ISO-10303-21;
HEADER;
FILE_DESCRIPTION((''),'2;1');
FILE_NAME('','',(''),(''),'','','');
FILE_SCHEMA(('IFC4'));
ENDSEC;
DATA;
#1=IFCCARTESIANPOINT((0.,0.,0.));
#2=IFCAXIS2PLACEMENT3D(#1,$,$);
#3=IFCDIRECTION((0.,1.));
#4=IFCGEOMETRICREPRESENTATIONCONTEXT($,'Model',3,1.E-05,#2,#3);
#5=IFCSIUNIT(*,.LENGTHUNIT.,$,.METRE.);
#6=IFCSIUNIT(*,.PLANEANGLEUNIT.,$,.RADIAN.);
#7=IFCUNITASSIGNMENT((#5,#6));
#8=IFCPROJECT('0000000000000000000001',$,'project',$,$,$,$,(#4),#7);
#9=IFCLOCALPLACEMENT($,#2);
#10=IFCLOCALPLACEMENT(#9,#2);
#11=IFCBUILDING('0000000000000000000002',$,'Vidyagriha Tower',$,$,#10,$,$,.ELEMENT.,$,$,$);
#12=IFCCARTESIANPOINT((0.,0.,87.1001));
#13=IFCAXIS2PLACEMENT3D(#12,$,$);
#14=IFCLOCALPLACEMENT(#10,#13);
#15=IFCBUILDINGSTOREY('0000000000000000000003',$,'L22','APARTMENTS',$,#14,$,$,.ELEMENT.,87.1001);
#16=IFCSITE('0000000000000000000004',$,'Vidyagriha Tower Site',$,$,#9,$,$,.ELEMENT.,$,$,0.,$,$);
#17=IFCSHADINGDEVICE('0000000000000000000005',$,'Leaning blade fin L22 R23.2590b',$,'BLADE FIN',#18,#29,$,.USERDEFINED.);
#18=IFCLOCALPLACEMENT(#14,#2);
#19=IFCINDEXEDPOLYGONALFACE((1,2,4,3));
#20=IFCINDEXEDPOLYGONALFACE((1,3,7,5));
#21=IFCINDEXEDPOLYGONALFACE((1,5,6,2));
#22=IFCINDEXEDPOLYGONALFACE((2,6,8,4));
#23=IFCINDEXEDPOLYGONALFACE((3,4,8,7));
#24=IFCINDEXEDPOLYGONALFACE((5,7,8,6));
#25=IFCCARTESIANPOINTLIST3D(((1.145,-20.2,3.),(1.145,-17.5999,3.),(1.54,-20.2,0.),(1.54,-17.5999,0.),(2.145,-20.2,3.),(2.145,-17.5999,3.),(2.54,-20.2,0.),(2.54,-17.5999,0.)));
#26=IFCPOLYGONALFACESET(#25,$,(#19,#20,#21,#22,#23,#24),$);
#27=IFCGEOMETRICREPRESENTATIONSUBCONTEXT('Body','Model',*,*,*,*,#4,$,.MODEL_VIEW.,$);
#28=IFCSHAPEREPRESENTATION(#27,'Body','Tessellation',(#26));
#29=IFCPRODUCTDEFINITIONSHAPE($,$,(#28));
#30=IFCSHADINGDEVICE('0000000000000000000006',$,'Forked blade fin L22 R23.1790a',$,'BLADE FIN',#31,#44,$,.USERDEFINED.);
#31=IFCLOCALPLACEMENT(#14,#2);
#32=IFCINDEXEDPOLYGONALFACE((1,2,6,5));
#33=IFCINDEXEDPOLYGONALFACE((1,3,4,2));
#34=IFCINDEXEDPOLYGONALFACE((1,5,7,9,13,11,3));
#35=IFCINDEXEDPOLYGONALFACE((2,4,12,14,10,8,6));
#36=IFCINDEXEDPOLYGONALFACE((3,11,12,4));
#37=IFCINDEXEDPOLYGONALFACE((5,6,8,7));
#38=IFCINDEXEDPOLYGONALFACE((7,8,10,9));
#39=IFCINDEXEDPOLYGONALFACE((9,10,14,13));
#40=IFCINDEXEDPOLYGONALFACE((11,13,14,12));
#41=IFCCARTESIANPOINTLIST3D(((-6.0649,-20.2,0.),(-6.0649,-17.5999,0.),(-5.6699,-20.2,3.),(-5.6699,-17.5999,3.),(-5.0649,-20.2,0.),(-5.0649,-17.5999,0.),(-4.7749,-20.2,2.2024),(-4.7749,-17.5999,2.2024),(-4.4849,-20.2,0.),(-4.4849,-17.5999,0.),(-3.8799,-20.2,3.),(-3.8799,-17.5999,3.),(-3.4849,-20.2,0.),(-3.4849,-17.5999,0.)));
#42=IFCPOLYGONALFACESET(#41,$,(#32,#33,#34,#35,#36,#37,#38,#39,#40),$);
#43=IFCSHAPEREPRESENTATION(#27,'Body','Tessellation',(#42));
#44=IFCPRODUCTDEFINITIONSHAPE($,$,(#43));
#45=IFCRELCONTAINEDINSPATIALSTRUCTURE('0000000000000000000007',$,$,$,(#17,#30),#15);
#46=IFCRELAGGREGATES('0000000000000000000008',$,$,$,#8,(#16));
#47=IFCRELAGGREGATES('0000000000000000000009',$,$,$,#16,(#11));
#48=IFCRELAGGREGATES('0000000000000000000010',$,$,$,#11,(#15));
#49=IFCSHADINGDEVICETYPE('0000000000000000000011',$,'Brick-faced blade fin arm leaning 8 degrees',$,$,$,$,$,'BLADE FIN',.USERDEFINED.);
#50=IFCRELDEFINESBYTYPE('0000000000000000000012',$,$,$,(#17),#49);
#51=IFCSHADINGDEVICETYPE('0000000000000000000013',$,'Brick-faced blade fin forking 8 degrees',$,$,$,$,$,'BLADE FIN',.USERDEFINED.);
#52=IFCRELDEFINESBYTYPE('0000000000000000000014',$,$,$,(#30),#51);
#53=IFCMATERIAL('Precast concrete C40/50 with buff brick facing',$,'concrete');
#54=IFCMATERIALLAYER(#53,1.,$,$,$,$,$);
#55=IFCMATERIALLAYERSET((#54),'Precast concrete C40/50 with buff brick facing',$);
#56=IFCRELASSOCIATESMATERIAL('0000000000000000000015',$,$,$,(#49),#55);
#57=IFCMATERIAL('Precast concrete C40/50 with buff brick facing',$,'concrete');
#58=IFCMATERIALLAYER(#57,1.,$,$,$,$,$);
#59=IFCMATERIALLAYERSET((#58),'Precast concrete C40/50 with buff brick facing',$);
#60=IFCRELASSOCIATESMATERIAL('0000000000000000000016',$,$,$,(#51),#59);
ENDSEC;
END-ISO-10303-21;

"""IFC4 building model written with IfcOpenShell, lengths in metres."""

from ifc_helpers import new_model, si_unit, direction, frame, origin, place, context, subcontext, project, spatial, polyline, outline, extrude, material, layer, layer_set, type_object, element, save


model = new_model("IFC4")

# Units and contexts
model_context = context("Model", 3, precision=1e-05, world=origin(), true_north=direction((0.0, 1.0)))
body_context = subcontext(model_context, "Body", "Model", "MODEL_VIEW")
ifc_project = project(units=[si_unit("LENGTHUNIT", "METRE"), si_unit("PLANEANGLEUNIT", "RADIAN")], contexts=[model_context])

# Site, building, storey
site_placement = place(None, origin())
site = spatial("IfcSite", under=ifc_project, at=site_placement, Name="Vidyagriha Tower Site", CompositionType="ELEMENT", RefElevation=0.0)
building_placement = place(site_placement, origin())
building = spatial("IfcBuilding", under=site, at=building_placement, Name="Vidyagriha Tower", CompositionType="ELEMENT")
storey_placement = place(building_placement, frame((0.0, 0.0, 87.1001)))
storey = spatial("IfcBuildingStorey", under=building, at=storey_placement, Name="L22", Description="APARTMENTS", CompositionType="ELEMENT", Elevation=87.1001)

# Shading devices
ifc_material_1 = material(Name="Precast concrete C40/50 with buff brick facing", Category="concrete")
ifc_layer_1 = layer(ifc_material_1, 1.0)
ifc_layer_set_1 = layer_set([ifc_layer_1], Name="Precast concrete C40/50 with buff brick facing")
shading_device_type_1 = type_object("IfcShadingDeviceType", Name="Brick-faced blade fin arm leaning 8 degrees", ElementType="BLADE FIN", PredefinedType="USERDEFINED", material=ifc_layer_set_1)
for number, where, name in (
    (1, (1.145, -18.8999, 0.0), "Leaning blade fin L22 R23.2590b"),
):
    element("IfcShadingDevice", number, at=place(storey_placement, frame(where)), inside=storey, type_object=shading_device_type_1, Name=name, ObjectType="BLADE FIN", PredefinedType="USERDEFINED", context=body_context, shape_type="SweptSolid", body=[
        extrude(outline(polyline([(0.395, 0.0), (1.395, 0.0), (1.0, 3.0), (0.0, 3.0), (0.395, 0.0)])), frame((0.0, 1.3, 0.0), z_axis=(0.0, -1.0, 0.0), x_axis=(1.0, 0.0, 0.0)), (0.0, 0.0, 1.0), 2.6001),
    ])
ifc_material_2 = material(Name="Precast concrete C40/50 with buff brick facing", Category="concrete")
ifc_layer_2 = layer(ifc_material_2, 1.0)
ifc_layer_set_2 = layer_set([ifc_layer_2], Name="Precast concrete C40/50 with buff brick facing")
shading_device_type_2 = type_object("IfcShadingDeviceType", Name="Brick-faced blade fin forking 8 degrees", ElementType="BLADE FIN", PredefinedType="USERDEFINED", material=ifc_layer_set_2)
shading_device_1_placement = place(storey_placement, frame((-6.0649, -18.8999, 0.0)))
element("IfcShadingDevice", 2, at=shading_device_1_placement, inside=storey, type_object=shading_device_type_2, Name="Forked blade fin L22 R23.1790a", ObjectType="BLADE FIN", PredefinedType="USERDEFINED", context=body_context, shape_type="SweptSolid", body=[
    extrude(outline(polyline([(1.0, 0.0), (1.29, 2.2024), (1.5801, 0.0), (2.5801, 0.0), (2.1851, 3.0), (0.395, 3.0), (0.0, 0.0), (1.0, 0.0)])), frame((0.0, 1.3, 0.0), z_axis=(0.0, -1.0, 0.0), x_axis=(1.0, 0.0, 0.0)), (0.0, 0.0, 1.0), 2.6001),
])

save(model, "model.ifc")
